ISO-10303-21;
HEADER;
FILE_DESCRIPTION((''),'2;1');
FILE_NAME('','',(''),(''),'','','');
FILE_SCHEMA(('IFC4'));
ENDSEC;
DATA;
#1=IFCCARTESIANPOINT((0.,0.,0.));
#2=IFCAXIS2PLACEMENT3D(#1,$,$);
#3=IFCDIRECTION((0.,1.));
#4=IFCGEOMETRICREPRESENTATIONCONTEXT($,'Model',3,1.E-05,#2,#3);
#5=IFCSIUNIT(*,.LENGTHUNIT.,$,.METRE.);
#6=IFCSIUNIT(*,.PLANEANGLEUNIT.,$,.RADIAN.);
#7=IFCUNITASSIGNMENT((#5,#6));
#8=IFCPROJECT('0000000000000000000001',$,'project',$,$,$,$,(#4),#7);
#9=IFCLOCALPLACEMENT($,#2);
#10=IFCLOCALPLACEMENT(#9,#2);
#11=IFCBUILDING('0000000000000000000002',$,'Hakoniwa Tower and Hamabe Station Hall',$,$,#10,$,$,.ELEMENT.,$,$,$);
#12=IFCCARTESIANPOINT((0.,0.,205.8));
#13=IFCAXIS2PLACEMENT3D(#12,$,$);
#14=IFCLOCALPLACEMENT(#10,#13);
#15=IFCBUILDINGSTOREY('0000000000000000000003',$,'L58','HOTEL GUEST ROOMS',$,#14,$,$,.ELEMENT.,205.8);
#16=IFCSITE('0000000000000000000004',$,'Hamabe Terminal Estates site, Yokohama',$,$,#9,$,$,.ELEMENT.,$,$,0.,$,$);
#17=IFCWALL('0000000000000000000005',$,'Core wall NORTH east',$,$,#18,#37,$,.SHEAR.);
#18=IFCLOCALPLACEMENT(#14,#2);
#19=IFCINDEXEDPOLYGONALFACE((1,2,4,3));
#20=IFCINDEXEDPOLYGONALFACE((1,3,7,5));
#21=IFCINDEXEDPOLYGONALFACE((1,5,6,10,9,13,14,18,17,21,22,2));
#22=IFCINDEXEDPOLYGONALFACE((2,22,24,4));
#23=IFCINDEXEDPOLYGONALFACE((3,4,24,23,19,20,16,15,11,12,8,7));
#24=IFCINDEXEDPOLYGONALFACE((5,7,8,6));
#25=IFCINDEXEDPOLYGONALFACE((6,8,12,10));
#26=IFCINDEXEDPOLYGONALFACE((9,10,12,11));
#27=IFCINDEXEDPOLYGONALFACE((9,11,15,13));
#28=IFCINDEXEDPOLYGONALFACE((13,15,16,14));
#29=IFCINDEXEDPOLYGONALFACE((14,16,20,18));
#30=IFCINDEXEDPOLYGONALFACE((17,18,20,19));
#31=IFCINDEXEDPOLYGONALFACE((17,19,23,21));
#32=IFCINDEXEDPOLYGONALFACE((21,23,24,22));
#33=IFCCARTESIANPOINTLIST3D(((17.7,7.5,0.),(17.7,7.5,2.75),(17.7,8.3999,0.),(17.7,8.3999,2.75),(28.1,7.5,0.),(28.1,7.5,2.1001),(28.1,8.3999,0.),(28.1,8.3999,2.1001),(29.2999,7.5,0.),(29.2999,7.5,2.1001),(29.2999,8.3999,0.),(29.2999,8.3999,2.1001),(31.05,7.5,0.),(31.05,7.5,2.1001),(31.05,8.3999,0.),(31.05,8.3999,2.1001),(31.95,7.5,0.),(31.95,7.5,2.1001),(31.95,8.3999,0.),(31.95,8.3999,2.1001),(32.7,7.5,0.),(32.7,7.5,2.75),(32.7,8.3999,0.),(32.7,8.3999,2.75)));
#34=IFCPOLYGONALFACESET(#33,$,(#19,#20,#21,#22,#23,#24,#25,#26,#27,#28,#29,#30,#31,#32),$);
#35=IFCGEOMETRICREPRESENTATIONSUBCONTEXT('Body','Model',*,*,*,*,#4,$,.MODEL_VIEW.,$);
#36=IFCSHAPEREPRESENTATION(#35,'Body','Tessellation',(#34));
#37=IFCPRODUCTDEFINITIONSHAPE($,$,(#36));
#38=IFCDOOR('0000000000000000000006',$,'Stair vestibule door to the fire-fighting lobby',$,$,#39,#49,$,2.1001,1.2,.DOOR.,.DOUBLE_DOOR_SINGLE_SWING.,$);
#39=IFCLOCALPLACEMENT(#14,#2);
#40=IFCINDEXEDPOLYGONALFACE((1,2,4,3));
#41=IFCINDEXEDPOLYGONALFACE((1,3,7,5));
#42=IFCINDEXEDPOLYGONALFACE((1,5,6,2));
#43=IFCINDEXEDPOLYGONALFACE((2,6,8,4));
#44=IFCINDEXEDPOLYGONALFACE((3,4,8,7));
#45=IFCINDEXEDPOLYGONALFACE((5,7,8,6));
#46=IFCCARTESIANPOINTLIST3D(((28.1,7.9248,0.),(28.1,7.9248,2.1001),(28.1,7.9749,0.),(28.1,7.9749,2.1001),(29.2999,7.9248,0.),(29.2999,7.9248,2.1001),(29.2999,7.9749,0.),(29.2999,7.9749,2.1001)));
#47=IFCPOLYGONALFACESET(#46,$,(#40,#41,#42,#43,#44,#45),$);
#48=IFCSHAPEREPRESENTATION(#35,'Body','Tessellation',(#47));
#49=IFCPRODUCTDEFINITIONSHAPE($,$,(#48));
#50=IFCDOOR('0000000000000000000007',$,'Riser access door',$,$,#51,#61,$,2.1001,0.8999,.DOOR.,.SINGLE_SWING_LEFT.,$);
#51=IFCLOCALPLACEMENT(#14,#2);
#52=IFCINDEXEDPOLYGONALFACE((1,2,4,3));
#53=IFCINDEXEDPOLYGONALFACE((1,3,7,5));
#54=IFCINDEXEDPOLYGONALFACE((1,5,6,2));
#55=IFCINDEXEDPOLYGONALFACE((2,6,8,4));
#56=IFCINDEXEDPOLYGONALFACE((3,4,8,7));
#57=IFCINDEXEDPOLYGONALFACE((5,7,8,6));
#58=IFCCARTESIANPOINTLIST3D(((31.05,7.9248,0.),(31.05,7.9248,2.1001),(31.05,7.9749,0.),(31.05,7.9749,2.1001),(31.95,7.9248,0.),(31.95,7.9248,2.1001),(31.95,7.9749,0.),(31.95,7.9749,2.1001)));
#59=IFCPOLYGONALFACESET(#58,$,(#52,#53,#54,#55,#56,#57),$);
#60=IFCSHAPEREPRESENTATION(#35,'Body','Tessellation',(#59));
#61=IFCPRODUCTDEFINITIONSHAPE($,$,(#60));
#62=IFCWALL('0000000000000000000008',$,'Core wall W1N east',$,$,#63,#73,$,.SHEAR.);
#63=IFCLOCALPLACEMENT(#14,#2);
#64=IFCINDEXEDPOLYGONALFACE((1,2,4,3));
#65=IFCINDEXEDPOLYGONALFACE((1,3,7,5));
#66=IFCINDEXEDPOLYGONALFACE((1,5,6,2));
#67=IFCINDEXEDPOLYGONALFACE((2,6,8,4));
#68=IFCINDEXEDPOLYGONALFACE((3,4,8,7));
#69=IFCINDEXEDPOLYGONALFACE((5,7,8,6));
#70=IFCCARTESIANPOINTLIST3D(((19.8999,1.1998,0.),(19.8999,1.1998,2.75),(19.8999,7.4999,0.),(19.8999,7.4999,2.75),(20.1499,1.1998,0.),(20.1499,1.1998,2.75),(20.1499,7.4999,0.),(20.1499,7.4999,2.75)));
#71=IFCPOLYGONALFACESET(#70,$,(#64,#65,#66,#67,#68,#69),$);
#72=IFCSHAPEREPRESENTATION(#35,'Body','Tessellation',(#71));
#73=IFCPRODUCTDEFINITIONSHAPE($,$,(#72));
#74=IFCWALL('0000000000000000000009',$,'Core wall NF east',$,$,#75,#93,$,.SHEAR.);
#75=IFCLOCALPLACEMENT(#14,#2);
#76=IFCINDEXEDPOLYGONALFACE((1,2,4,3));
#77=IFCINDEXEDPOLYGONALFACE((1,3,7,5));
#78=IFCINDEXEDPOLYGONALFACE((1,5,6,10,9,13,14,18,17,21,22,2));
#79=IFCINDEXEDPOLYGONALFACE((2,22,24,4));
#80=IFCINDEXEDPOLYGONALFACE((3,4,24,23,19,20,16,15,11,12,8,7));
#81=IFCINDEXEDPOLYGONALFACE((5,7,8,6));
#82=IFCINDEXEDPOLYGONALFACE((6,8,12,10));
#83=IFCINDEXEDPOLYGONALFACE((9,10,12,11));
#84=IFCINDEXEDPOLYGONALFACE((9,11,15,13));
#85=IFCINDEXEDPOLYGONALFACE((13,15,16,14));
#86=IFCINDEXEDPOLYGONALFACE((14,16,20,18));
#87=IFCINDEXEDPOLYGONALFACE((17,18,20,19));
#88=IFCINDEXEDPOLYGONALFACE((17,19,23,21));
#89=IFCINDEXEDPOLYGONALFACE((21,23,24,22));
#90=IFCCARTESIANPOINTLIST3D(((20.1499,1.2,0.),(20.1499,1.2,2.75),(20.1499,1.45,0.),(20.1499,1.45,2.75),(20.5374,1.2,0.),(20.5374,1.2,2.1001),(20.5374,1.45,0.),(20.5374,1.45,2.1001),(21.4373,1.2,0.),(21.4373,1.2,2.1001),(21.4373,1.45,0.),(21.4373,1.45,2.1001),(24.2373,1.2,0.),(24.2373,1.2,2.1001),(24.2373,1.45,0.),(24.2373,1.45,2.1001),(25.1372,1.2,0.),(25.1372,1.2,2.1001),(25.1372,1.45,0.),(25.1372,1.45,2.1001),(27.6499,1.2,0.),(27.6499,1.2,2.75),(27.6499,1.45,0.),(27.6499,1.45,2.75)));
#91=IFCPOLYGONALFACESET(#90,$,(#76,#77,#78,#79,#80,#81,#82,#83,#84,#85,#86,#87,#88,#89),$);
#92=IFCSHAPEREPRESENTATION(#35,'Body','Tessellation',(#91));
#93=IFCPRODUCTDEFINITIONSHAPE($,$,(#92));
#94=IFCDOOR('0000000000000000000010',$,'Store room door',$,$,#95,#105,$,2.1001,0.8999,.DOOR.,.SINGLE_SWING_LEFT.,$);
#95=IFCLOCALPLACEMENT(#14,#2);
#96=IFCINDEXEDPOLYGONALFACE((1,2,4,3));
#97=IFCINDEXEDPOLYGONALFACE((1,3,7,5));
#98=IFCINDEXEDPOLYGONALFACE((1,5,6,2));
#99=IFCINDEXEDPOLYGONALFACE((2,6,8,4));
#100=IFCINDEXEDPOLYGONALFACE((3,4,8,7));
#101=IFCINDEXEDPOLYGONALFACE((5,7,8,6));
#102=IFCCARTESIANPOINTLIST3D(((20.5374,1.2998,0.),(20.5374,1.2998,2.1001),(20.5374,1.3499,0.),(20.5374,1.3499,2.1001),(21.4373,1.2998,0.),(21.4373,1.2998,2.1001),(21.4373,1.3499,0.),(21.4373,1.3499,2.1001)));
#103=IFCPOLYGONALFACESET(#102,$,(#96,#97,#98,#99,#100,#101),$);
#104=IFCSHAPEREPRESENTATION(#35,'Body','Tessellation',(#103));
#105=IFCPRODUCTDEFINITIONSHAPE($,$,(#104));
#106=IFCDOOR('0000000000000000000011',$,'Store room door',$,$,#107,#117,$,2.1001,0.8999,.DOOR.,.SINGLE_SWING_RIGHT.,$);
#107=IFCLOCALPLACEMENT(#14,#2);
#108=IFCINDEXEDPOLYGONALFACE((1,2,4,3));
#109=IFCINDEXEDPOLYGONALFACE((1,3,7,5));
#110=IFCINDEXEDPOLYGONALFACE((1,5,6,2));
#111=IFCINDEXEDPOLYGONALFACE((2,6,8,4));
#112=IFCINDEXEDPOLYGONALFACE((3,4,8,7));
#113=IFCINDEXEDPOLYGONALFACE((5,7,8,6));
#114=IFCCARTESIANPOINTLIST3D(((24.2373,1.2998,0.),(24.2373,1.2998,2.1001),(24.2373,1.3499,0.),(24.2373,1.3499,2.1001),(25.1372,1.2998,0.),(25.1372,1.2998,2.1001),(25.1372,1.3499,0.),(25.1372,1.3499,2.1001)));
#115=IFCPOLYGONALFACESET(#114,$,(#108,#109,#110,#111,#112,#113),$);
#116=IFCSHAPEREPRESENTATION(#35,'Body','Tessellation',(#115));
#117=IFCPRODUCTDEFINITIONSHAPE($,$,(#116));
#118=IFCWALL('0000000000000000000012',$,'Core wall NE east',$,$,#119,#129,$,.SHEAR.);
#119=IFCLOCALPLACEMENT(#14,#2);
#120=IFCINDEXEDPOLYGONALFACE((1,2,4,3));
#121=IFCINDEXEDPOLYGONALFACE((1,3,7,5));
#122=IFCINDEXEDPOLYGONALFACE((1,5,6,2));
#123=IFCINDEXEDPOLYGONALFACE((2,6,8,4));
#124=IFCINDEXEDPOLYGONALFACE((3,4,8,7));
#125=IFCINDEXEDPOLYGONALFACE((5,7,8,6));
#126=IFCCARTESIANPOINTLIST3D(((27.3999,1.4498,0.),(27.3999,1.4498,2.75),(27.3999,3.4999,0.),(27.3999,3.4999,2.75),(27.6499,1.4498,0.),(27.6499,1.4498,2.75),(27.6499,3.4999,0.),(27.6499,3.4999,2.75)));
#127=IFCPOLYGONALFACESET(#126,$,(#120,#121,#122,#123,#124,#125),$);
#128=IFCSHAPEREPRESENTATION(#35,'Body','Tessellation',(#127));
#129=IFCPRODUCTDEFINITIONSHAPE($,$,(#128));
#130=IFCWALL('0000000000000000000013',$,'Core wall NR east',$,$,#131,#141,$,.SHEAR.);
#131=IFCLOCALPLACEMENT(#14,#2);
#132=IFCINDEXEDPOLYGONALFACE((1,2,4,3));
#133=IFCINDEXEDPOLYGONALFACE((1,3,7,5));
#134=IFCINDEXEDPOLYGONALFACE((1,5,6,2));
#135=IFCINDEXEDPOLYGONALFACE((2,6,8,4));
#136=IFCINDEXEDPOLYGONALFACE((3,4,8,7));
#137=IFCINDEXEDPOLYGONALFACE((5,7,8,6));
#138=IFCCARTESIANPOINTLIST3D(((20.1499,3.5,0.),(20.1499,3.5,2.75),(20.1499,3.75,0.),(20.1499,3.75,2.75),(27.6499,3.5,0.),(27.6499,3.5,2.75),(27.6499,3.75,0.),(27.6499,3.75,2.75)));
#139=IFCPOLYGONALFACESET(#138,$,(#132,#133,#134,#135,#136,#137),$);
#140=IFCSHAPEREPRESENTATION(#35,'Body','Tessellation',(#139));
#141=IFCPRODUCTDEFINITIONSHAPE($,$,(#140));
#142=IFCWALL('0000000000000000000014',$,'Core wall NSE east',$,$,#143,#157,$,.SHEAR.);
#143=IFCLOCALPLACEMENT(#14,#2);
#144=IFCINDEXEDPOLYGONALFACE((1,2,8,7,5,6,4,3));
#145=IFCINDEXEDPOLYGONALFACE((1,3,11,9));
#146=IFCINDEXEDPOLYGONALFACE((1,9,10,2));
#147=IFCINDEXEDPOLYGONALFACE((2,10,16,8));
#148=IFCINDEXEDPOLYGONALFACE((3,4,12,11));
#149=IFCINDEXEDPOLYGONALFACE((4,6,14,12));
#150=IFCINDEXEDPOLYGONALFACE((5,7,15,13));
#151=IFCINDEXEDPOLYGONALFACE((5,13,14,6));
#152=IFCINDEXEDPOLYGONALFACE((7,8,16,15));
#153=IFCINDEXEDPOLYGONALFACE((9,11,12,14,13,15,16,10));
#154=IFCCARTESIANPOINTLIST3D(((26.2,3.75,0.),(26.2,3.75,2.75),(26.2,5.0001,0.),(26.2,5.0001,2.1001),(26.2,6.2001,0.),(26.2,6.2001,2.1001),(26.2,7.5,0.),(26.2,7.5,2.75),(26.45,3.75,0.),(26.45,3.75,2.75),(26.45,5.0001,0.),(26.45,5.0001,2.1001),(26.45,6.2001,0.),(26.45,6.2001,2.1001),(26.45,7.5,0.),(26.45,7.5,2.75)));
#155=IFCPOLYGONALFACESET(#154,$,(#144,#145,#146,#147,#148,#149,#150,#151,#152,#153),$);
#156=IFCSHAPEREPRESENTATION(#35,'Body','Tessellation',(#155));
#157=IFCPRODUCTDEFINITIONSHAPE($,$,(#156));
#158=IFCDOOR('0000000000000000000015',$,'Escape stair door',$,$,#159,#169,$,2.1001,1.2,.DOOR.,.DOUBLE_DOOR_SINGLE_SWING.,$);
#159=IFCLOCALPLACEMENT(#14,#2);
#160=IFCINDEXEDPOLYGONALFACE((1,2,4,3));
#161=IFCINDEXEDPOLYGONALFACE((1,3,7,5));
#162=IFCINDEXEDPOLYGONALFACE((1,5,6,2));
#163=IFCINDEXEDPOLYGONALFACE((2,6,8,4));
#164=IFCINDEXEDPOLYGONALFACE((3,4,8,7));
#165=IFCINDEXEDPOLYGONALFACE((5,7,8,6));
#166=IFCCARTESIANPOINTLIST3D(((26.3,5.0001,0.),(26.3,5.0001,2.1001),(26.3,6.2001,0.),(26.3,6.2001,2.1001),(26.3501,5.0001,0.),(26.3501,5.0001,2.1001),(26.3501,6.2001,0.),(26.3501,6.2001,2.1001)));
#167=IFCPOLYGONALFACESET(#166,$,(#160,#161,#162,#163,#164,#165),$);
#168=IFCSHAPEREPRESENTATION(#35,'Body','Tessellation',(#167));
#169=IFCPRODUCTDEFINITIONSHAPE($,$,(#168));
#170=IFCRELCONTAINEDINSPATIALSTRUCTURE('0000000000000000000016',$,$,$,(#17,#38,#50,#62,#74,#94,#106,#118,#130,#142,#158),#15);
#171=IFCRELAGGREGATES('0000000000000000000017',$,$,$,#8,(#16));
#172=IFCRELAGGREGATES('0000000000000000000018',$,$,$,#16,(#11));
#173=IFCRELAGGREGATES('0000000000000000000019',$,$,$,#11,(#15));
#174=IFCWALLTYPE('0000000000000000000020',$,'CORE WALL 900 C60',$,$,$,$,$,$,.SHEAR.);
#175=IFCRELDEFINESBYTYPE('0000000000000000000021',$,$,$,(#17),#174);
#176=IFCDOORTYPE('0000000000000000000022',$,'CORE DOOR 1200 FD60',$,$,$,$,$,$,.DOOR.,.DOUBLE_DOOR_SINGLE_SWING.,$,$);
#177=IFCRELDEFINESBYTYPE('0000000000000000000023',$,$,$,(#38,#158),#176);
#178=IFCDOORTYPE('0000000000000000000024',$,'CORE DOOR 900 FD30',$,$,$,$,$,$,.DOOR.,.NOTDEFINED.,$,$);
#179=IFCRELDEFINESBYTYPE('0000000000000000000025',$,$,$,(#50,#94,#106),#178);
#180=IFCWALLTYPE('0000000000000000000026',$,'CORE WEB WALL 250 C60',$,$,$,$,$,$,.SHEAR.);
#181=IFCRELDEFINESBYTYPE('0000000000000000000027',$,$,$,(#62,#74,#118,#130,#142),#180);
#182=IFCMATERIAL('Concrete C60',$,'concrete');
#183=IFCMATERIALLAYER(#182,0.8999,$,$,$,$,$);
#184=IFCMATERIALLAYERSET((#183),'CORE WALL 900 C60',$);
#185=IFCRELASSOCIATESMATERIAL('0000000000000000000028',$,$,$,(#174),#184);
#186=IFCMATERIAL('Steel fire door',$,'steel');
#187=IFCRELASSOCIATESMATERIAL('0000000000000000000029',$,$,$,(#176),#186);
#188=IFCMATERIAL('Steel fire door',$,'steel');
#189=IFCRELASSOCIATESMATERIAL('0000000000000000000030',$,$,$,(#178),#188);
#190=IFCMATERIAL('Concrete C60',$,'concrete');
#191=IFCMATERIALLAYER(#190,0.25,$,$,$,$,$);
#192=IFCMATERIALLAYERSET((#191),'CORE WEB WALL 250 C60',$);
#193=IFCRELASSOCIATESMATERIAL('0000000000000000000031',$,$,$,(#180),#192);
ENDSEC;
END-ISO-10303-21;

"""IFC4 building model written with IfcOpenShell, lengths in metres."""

from ifc_helpers import new_model, si_unit, direction, frame, frame_2d, origin, place, context, subcontext, project, spatial, rectangle, extrude, material, layer, layer_set, type_object, element, fill, save


model = new_model("IFC4")

# Units and contexts
model_context = context("Model", 3, precision=1e-05, world=origin(), true_north=direction((0.0, 1.0)))
body_context = subcontext(model_context, "Body", "Model", "MODEL_VIEW")
ifc_project = project(units=[si_unit("LENGTHUNIT", "METRE"), si_unit("PLANEANGLEUNIT", "RADIAN")], contexts=[model_context])

# Site, building, storey
site_placement = place(None, origin())
site = spatial("IfcSite", under=ifc_project, at=site_placement, Name="Hamabe Terminal Estates site, Yokohama", CompositionType="ELEMENT", RefElevation=0.0)
building_placement = place(site_placement, origin())
building = spatial("IfcBuilding", under=site, at=building_placement, Name="Hakoniwa Tower and Hamabe Station Hall", CompositionType="ELEMENT")
storey_placement = place(building_placement, frame((0.0, 0.0, 205.8)))
storey = spatial("IfcBuildingStorey", under=building, at=storey_placement, Name="L58", Description="HOTEL GUEST ROOMS", CompositionType="ELEMENT", Elevation=205.8)

# Wall, openings, doors
ifc_material_1 = material(Name="Concrete C60", Category="concrete")
ifc_layer_1 = layer(ifc_material_1, 0.8999)
ifc_layer_set_1 = layer_set([ifc_layer_1], Name="CORE WALL 900 C60")
wall_type_1 = type_object("IfcWallType", Name="CORE WALL 900 C60", PredefinedType="SHEAR", material=ifc_layer_set_1)
wall_1_placement = place(storey_placement, frame((17.7, 7.95, 0.0), z_axis=(0.0, 0.0, 1.0), x_axis=(1.0, 0.0, 0.0)))
wall_1 = element("IfcWall", 1, at=wall_1_placement, inside=storey, type_object=wall_type_1, Name="Core wall NORTH east", PredefinedType="SHEAR", context=body_context, shape_type="SweptSolid", body=[
    extrude(rectangle(XDim=15.0, YDim=0.8999, at=frame_2d((7.5, 0.0))), origin(), (0.0, 0.0, 1.0), 2.75),
])
opening_1_placement = place(wall_1_placement, frame((10.3999, 0.0, 0.0)))
opening_1 = element("IfcOpeningElement", 2, at=opening_1_placement, cuts=wall_1, PredefinedType="OPENING", context=body_context, shape_type="SweptSolid", body=[
    extrude(rectangle(XDim=1.2, YDim=2.1001, at=frame_2d((0.6001, 1.05))), frame((0.0, 0.46, 0.0), z_axis=(0.0, -1.0, 0.0), x_axis=(1.0, 0.0, 0.0)), (0.0, 0.0, 1.0), 0.9199),
])
opening_2_placement = place(wall_1_placement, frame((13.3501, 0.0, 0.0)))
opening_2 = element("IfcOpeningElement", 3, at=opening_2_placement, cuts=wall_1, PredefinedType="OPENING", context=body_context, shape_type="SweptSolid", body=[
    extrude(rectangle(XDim=0.8999, YDim=2.1001, at=frame_2d((0.45, 1.05))), frame((0.0, 0.46, 0.0), z_axis=(0.0, -1.0, 0.0), x_axis=(1.0, 0.0, 0.0)), (0.0, 0.0, 1.0), 0.9199),
])
ifc_material_2 = material(Name="Steel fire door", Category="steel")
door_type_1 = type_object("IfcDoorType", Name="CORE DOOR 1200 FD60", OperationType="DOUBLE_DOOR_SINGLE_SWING", PredefinedType="DOOR", material=ifc_material_2)
door_1_placement = place(opening_1_placement, origin())
door_1 = element("IfcDoor", 4, at=door_1_placement, inside=storey, type_object=door_type_1, Name="Stair vestibule door to the fire-fighting lobby", OperationType="DOUBLE_DOOR_SINGLE_SWING", OverallHeight=2.1001, OverallWidth=1.2, PredefinedType="DOOR", context=body_context, shape_type="SweptSolid", body=[
    extrude(rectangle(XDim=1.2, YDim=2.1001, at=frame_2d((0.6001, 1.05))), frame((0.0, 0.0249, 0.0), z_axis=(0.0, -1.0, 0.0), x_axis=(1.0, 0.0, 0.0)), (0.0, 0.0, 1.0), 0.05),
])
fill(opening_1, door_1)
ifc_material_3 = material(Name="Steel fire door", Category="steel")
door_type_2 = type_object("IfcDoorType", Name="CORE DOOR 900 FD30", OperationType="NOTDEFINED", PredefinedType="DOOR", material=ifc_material_3)
door_2_placement = place(opening_2_placement, origin())
door_2 = element("IfcDoor", 5, at=door_2_placement, inside=storey, type_object=door_type_2, Name="Riser access door", OperationType="SINGLE_SWING_LEFT", OverallHeight=2.1001, OverallWidth=0.8999, PredefinedType="DOOR", context=body_context, shape_type="SweptSolid", body=[
    extrude(rectangle(XDim=0.8999, YDim=2.1001, at=frame_2d((0.45, 1.05))), frame((0.0, 0.0249, 0.0), z_axis=(0.0, -1.0, 0.0), x_axis=(1.0, 0.0, 0.0)), (0.0, 0.0, 1.0), 0.05),
])
fill(opening_2, door_2)

# Wall
ifc_material_4 = material(Name="Concrete C60", Category="concrete")
ifc_layer_2 = layer(ifc_material_4, 0.25)
ifc_layer_set_2 = layer_set([ifc_layer_2], Name="CORE WEB WALL 250 C60")
wall_type_2 = type_object("IfcWallType", Name="CORE WEB WALL 250 C60", PredefinedType="SHEAR", material=ifc_layer_set_2)
wall_2_placement = place(storey_placement, frame((20.0249, 1.2, 0.0), z_axis=(0.0, 0.0, 1.0), x_axis=(0.0, 1.0, 0.0)))
element("IfcWall", 6, at=wall_2_placement, inside=storey, type_object=wall_type_2, Name="Core wall W1N east", PredefinedType="SHEAR", context=body_context, shape_type="SweptSolid", body=[
    extrude(rectangle(XDim=6.3, YDim=0.25, at=frame_2d((3.1499, 0.0))), origin(), (0.0, 0.0, 1.0), 2.75),
])

# Wall, openings, doors
wall_3_placement = place(storey_placement, frame((20.1499, 1.325, 0.0), z_axis=(0.0, 0.0, 1.0), x_axis=(1.0, 0.0, 0.0)))
wall_3 = element("IfcWall", 7, at=wall_3_placement, inside=storey, type_object=wall_type_2, Name="Core wall NF east", PredefinedType="SHEAR", context=body_context, shape_type="SweptSolid", body=[
    extrude(rectangle(XDim=7.5, YDim=0.25, at=frame_2d((3.75, 0.0))), origin(), (0.0, 0.0, 1.0), 2.75),
])
opening_3_placement = place(wall_3_placement, frame((0.3875, 0.0, 0.0)))
opening_3 = element("IfcOpeningElement", 8, at=opening_3_placement, cuts=wall_3, PredefinedType="OPENING", context=body_context, shape_type="SweptSolid", body=[
    extrude(rectangle(XDim=0.8999, YDim=2.1001, at=frame_2d((0.45, 1.05))), frame((0.0, 0.135, 0.0), z_axis=(0.0, -1.0, 0.0), x_axis=(1.0, 0.0, 0.0)), (0.0, 0.0, 1.0), 0.27),
])
opening_4_placement = place(wall_3_placement, frame((4.0874, 0.0, 0.0)))
opening_4 = element("IfcOpeningElement", 9, at=opening_4_placement, cuts=wall_3, PredefinedType="OPENING", context=body_context, shape_type="SweptSolid", body=[
    extrude(rectangle(XDim=0.8999, YDim=2.1001, at=frame_2d((0.45, 1.05))), frame((0.0, 0.135, 0.0), z_axis=(0.0, -1.0, 0.0), x_axis=(1.0, 0.0, 0.0)), (0.0, 0.0, 1.0), 0.27),
])
door_3_placement = place(opening_3_placement, origin())
door_3 = element("IfcDoor", 10, at=door_3_placement, inside=storey, type_object=door_type_2, Name="Store room door", OperationType="SINGLE_SWING_LEFT", OverallHeight=2.1001, OverallWidth=0.8999, PredefinedType="DOOR", context=body_context, shape_type="SweptSolid", body=[
    extrude(rectangle(XDim=0.8999, YDim=2.1001, at=frame_2d((0.45, 1.05))), frame((0.0, 0.0249, 0.0), z_axis=(0.0, -1.0, 0.0), x_axis=(1.0, 0.0, 0.0)), (0.0, 0.0, 1.0), 0.05),
])
fill(opening_3, door_3)
door_4_placement = place(opening_4_placement, origin())
door_4 = element("IfcDoor", 11, at=door_4_placement, inside=storey, type_object=door_type_2, Name="Store room door", OperationType="SINGLE_SWING_RIGHT", OverallHeight=2.1001, OverallWidth=0.8999, PredefinedType="DOOR", context=body_context, shape_type="SweptSolid", body=[
    extrude(rectangle(XDim=0.8999, YDim=2.1001, at=frame_2d((0.45, 1.05))), frame((0.0, 0.0249, 0.0), z_axis=(0.0, -1.0, 0.0), x_axis=(1.0, 0.0, 0.0)), (0.0, 0.0, 1.0), 0.05),
])
fill(opening_4, door_4)

# Walls
wall_4_placement = place(storey_placement, frame((27.5249, 1.45, 0.0), z_axis=(0.0, 0.0, 1.0), x_axis=(0.0, 1.0, 0.0)))
element("IfcWall", 12, at=wall_4_placement, inside=storey, type_object=wall_type_2, Name="Core wall NE east", PredefinedType="SHEAR", context=body_context, shape_type="SweptSolid", body=[
    extrude(rectangle(XDim=2.05, YDim=0.25, at=frame_2d((1.0249, 0.0))), origin(), (0.0, 0.0, 1.0), 2.75),
])
wall_5_placement = place(storey_placement, frame((20.1499, 3.625, 0.0), z_axis=(0.0, 0.0, 1.0), x_axis=(1.0, 0.0, 0.0)))
element("IfcWall", 13, at=wall_5_placement, inside=storey, type_object=wall_type_2, Name="Core wall NR east", PredefinedType="SHEAR", context=body_context, shape_type="SweptSolid", body=[
    extrude(rectangle(XDim=7.5, YDim=0.25, at=frame_2d((3.75, 0.0))), origin(), (0.0, 0.0, 1.0), 2.75),
])

# Wall, opening, door
wall_6_placement = place(storey_placement, frame((26.325, 3.75, 0.0), z_axis=(0.0, 0.0, 1.0), x_axis=(0.0, 1.0, 0.0)))
wall_6 = element("IfcWall", 14, at=wall_6_placement, inside=storey, type_object=wall_type_2, Name="Core wall NSE east", PredefinedType="SHEAR", context=body_context, shape_type="SweptSolid", body=[
    extrude(rectangle(XDim=3.75, YDim=0.25, at=frame_2d((1.875, 0.0))), origin(), (0.0, 0.0, 1.0), 2.75),
])
opening_5_placement = place(wall_6_placement, frame((1.25, 0.0, 0.0)))
opening_5 = element("IfcOpeningElement", 15, at=opening_5_placement, cuts=wall_6, PredefinedType="OPENING", context=body_context, shape_type="SweptSolid", body=[
    extrude(rectangle(XDim=1.2, YDim=2.1001, at=frame_2d((0.6001, 1.05))), frame((0.0, 0.135, 0.0), z_axis=(0.0, -1.0, 0.0), x_axis=(1.0, 0.0, 0.0)), (0.0, 0.0, 1.0), 0.27),
])
door_5_placement = place(opening_5_placement, origin())
door_5 = element("IfcDoor", 16, at=door_5_placement, inside=storey, type_object=door_type_1, Name="Escape stair door", OperationType="DOUBLE_DOOR_SINGLE_SWING", OverallHeight=2.1001, OverallWidth=1.2, PredefinedType="DOOR", context=body_context, shape_type="SweptSolid", body=[
    extrude(rectangle(XDim=1.2, YDim=2.1001, at=frame_2d((0.6001, 1.05))), frame((0.0, 0.0249, 0.0), z_axis=(0.0, -1.0, 0.0), x_axis=(1.0, 0.0, 0.0)), (0.0, 0.0, 1.0), 0.05),
])
fill(opening_5, door_5)

save(model, "model.ifc")
